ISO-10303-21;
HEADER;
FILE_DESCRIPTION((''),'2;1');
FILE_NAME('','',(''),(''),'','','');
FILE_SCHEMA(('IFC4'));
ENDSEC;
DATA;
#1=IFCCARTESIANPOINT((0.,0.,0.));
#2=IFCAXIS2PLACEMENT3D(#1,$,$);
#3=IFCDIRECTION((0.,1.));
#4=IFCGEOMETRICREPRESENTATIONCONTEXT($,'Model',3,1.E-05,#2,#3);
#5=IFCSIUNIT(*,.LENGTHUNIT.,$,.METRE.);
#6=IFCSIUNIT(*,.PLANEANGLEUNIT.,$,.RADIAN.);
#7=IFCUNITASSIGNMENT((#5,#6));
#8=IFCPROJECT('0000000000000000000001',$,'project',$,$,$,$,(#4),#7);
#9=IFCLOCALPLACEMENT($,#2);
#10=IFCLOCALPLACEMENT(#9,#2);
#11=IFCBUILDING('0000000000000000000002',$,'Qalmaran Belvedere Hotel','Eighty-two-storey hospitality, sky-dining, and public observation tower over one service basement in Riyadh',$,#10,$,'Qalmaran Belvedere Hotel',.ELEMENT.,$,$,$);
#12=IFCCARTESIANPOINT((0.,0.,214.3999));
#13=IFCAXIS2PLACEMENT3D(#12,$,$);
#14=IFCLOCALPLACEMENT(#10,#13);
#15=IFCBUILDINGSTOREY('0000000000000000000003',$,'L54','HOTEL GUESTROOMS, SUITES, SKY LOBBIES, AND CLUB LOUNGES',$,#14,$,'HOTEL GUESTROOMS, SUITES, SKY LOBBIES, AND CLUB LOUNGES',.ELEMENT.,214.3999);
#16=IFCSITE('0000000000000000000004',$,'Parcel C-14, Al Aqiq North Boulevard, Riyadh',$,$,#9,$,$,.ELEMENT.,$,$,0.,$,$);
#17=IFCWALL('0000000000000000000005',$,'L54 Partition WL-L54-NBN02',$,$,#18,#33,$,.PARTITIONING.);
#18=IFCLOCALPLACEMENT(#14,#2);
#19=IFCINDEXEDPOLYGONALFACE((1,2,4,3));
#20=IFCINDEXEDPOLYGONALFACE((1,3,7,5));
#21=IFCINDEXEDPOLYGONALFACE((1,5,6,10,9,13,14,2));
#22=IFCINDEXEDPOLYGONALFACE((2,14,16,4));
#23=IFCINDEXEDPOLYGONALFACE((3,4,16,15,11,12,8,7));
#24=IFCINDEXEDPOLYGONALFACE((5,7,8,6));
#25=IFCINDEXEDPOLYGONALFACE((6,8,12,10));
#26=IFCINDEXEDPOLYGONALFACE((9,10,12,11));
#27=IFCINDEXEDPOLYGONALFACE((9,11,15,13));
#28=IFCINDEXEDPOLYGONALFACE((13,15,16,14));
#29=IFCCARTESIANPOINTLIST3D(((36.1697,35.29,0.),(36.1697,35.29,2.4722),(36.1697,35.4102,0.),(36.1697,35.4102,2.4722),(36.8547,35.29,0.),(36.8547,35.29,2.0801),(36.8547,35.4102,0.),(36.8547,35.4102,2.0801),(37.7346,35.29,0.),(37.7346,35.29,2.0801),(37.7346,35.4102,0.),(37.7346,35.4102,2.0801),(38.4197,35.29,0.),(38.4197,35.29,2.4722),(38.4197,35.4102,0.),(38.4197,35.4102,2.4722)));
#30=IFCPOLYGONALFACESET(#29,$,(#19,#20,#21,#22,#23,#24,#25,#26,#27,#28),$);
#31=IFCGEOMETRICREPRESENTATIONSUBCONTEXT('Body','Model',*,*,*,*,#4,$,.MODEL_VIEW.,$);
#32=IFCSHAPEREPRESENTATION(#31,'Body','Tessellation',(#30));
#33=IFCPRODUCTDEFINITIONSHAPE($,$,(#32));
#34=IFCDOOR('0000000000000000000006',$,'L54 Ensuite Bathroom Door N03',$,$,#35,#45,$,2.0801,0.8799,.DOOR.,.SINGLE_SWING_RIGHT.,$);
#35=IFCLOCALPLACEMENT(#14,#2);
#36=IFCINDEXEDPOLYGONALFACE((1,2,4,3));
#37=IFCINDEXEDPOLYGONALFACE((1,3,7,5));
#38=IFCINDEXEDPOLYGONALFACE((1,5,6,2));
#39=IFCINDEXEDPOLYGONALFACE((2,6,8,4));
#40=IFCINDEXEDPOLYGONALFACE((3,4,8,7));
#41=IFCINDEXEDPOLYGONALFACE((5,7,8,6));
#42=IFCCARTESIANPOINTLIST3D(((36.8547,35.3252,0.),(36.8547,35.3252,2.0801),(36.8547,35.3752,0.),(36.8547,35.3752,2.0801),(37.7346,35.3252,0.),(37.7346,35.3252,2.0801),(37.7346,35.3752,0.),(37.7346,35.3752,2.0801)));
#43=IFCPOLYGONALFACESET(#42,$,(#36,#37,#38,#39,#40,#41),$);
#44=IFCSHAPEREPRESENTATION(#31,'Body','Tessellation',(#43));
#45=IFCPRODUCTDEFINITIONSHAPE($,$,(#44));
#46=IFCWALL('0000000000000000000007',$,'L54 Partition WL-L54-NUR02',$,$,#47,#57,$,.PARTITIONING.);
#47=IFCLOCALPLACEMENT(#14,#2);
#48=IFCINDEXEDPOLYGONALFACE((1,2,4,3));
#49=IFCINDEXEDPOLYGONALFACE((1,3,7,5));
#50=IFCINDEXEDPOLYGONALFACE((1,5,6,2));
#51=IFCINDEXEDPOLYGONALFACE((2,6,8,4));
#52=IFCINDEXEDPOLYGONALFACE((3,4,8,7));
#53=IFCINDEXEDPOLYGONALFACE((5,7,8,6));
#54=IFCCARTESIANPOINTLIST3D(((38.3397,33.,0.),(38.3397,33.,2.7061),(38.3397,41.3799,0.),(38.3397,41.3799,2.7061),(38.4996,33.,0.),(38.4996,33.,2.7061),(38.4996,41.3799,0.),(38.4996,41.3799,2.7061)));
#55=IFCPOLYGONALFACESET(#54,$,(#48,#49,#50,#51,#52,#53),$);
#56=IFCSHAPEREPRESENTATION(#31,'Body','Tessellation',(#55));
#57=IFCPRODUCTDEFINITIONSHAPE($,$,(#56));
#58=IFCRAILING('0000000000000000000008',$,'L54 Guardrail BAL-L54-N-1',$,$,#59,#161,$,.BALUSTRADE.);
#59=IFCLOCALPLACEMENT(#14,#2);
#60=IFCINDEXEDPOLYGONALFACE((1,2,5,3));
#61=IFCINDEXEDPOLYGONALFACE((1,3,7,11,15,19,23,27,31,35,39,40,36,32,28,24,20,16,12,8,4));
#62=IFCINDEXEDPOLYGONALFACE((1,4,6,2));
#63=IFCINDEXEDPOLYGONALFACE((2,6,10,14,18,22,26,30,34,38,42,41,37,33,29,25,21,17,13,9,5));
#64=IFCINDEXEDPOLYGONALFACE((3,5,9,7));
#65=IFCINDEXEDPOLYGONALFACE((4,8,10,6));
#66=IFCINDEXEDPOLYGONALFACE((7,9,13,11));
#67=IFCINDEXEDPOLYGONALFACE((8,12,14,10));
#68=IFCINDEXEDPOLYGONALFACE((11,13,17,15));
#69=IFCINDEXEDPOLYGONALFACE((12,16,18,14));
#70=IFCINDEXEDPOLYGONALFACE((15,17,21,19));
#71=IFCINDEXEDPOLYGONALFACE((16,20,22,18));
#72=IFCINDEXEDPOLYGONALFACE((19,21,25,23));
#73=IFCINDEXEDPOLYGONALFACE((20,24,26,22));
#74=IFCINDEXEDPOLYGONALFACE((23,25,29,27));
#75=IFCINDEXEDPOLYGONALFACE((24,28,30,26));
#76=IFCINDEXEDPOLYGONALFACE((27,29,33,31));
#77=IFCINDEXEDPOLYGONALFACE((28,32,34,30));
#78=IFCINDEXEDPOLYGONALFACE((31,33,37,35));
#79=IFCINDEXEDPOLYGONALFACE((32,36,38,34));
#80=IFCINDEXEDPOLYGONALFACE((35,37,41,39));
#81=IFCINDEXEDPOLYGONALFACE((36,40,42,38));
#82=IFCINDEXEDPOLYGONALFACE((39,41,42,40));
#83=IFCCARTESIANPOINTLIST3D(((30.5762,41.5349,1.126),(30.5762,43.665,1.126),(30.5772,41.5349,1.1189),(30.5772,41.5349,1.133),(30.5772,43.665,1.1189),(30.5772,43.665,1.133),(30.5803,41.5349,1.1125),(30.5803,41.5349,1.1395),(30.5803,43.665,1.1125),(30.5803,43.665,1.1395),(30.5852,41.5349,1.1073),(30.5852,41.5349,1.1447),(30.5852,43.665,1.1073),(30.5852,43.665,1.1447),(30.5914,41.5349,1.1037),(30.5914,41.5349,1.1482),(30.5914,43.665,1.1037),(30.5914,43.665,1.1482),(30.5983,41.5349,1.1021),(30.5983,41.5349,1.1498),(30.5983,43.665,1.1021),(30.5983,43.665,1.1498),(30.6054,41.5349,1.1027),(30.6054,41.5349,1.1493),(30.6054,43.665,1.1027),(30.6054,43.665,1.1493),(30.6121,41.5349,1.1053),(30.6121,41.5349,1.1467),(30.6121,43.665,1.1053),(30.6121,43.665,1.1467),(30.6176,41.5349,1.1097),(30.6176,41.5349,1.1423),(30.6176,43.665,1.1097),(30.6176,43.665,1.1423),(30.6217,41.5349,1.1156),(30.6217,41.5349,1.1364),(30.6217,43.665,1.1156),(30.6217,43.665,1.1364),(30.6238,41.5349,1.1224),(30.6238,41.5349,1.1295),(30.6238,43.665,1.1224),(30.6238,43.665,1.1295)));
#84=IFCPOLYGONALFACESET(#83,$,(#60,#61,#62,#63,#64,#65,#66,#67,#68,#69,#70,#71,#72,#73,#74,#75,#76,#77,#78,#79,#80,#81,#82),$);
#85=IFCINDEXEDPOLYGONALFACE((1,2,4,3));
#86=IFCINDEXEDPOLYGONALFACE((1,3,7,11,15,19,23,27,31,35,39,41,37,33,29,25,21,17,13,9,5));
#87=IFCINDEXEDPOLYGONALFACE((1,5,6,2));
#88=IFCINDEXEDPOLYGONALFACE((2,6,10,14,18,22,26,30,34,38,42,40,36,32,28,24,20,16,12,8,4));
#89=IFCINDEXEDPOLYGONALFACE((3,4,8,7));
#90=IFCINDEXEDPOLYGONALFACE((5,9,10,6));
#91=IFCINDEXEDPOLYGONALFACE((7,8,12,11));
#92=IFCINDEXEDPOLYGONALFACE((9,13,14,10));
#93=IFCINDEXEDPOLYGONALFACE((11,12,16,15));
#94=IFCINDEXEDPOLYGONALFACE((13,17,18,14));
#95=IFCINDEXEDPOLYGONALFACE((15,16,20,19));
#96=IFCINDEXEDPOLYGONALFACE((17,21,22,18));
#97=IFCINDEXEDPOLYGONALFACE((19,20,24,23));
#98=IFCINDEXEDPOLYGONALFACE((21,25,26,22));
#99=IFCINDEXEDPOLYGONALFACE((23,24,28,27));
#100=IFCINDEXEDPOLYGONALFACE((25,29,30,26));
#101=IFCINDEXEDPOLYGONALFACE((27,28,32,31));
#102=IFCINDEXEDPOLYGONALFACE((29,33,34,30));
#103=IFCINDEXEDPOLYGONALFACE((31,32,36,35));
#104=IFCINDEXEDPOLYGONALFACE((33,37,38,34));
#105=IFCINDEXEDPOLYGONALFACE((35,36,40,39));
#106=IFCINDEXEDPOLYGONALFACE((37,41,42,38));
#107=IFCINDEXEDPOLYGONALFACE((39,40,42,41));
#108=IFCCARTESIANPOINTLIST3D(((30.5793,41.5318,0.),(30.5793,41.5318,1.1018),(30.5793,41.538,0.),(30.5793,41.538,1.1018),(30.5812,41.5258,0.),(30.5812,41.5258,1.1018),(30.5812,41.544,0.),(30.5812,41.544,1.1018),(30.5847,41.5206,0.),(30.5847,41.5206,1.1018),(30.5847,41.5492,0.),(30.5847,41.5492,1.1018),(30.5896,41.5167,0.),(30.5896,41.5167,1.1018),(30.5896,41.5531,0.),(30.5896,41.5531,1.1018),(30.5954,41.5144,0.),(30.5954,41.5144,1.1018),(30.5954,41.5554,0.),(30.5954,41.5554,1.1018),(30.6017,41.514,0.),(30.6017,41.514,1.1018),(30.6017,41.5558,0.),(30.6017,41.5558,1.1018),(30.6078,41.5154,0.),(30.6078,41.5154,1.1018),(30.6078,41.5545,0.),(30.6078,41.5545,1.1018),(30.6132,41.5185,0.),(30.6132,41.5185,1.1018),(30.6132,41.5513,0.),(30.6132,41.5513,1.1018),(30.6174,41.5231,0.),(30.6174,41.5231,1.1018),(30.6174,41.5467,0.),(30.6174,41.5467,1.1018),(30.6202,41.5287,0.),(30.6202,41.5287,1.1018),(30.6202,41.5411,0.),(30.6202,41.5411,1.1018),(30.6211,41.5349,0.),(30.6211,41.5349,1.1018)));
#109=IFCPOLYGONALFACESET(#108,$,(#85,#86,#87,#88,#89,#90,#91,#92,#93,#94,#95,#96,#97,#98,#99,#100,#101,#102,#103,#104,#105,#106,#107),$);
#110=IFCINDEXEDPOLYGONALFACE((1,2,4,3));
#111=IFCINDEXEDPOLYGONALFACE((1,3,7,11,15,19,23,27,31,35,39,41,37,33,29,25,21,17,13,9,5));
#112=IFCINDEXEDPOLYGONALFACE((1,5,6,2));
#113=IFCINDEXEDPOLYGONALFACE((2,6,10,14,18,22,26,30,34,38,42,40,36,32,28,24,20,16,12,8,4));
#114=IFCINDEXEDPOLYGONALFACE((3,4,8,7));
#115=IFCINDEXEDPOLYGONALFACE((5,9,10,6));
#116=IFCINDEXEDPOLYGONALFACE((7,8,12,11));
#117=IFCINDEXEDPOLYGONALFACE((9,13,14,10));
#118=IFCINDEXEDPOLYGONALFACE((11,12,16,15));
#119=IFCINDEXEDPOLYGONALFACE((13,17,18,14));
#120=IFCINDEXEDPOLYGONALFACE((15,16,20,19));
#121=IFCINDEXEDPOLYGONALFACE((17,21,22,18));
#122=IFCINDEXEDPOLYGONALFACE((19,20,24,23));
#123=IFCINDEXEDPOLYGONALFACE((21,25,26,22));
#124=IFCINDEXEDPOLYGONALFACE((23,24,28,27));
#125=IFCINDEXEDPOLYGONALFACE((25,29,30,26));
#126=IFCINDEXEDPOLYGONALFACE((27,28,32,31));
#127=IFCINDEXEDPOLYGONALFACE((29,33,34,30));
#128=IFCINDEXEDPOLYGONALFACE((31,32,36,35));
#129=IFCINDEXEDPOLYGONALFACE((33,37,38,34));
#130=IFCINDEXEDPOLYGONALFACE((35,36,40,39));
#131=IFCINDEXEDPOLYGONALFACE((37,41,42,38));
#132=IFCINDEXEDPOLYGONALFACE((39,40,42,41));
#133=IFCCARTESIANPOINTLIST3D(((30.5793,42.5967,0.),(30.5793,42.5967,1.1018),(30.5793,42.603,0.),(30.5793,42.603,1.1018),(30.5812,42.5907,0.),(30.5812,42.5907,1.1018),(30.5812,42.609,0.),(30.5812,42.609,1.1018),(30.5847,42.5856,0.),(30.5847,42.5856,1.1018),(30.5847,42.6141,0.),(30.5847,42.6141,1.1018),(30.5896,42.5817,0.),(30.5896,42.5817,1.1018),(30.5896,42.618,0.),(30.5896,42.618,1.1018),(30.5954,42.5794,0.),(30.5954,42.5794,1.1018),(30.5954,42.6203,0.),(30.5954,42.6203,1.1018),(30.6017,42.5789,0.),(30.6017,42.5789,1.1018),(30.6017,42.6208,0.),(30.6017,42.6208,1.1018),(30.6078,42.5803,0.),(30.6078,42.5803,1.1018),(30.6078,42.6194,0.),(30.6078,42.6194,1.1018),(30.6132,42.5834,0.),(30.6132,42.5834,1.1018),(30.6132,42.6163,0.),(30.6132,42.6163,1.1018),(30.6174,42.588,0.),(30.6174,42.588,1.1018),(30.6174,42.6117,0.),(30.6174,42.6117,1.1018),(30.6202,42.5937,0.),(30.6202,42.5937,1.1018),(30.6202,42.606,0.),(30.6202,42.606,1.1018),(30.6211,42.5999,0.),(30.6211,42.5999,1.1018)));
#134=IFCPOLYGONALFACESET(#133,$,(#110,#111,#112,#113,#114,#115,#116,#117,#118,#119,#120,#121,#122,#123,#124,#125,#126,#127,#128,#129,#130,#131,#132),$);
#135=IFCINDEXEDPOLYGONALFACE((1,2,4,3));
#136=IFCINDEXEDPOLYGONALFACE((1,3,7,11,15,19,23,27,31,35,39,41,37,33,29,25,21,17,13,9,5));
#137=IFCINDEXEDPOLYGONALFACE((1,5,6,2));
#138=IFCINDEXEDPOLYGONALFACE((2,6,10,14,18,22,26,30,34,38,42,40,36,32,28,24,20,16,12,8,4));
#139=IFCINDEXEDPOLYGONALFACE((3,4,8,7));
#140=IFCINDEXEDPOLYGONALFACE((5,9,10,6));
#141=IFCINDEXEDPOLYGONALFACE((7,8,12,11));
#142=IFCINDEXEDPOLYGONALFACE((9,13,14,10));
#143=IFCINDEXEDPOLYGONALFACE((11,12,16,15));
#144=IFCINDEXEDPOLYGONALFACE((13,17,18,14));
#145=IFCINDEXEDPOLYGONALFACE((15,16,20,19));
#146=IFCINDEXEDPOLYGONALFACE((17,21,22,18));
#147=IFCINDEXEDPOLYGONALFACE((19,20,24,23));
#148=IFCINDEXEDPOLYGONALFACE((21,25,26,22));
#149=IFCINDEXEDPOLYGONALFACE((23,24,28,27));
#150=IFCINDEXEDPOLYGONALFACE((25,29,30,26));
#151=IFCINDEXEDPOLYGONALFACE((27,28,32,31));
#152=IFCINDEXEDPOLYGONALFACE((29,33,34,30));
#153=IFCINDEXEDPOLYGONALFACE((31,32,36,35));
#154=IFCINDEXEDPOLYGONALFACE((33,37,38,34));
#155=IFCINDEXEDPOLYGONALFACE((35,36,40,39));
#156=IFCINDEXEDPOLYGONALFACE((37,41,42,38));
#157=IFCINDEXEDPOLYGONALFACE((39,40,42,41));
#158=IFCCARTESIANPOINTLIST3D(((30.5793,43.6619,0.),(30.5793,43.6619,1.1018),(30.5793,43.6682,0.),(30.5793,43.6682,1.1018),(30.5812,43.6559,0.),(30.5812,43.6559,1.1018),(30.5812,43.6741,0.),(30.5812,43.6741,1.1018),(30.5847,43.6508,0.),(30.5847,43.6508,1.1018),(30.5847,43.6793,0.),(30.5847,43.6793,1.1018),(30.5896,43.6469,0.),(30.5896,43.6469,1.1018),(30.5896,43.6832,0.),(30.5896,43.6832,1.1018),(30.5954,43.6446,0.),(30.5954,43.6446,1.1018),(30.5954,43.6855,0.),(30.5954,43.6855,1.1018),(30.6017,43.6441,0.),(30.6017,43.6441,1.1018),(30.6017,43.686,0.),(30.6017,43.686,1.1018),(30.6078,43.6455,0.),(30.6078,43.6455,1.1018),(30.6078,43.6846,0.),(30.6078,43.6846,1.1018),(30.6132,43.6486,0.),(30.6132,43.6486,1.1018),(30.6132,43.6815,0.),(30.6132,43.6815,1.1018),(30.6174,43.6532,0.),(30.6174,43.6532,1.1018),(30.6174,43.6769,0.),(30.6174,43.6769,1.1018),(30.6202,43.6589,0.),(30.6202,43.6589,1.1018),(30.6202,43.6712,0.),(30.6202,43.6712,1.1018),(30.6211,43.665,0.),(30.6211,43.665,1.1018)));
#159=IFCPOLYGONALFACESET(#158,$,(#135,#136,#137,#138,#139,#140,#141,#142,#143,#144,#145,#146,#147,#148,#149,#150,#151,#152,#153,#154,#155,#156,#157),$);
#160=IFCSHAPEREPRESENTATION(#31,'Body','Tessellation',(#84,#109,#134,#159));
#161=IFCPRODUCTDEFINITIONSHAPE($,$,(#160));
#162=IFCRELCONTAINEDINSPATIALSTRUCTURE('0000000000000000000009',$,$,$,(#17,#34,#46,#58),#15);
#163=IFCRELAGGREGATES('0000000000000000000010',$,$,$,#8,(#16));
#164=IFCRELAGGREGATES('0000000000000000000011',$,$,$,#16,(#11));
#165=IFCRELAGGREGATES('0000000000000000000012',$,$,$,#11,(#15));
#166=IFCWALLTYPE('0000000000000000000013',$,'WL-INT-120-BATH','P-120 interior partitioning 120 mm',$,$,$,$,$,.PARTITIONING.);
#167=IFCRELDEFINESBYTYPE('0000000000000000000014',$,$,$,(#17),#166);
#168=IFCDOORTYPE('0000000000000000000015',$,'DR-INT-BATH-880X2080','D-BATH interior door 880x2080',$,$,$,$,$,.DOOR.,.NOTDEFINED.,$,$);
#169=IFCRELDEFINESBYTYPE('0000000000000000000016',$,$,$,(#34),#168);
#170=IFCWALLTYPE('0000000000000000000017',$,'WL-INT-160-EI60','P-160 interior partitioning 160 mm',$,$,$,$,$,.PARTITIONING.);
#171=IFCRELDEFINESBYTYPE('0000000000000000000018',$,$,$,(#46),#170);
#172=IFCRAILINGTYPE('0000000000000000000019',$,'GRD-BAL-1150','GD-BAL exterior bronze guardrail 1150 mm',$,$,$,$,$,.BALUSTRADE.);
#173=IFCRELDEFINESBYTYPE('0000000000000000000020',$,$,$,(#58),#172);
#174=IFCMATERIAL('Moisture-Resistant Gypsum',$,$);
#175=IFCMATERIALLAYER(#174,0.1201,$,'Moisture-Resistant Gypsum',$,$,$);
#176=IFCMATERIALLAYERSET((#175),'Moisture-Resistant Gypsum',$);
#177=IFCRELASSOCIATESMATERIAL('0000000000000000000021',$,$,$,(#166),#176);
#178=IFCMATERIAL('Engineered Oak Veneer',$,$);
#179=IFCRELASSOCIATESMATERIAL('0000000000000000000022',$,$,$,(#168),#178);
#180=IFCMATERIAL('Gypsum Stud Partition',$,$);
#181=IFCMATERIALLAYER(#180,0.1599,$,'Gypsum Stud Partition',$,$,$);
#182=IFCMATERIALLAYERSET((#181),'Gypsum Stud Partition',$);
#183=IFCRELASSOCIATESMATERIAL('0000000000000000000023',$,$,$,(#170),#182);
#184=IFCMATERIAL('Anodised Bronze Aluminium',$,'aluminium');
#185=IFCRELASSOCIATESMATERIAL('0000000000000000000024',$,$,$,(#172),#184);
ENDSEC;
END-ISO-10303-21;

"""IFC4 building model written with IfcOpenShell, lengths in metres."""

from ifc_helpers import new_model, si_unit, direction, frame, frame_2d, origin, origin_2d, place, context, subcontext, project, spatial, rectangle, circle, extrude, material, layer, layer_set, type_object, element, fill, save


model = new_model("IFC4")

# Units and contexts
model_context = context("Model", 3, precision=1e-05, world=origin(), true_north=direction((0.0, 1.0)))
body_context = subcontext(model_context, "Body", "Model", "MODEL_VIEW")
ifc_project = project(units=[si_unit("LENGTHUNIT", "METRE"), si_unit("PLANEANGLEUNIT", "RADIAN")], contexts=[model_context])

# Site, building, storey
site_placement = place(None, origin())
site = spatial("IfcSite", under=ifc_project, at=site_placement, Name="Parcel C-14, Al Aqiq North Boulevard, Riyadh", CompositionType="ELEMENT", RefElevation=0.0)
building_placement = place(site_placement, origin())
building = spatial("IfcBuilding", under=site, at=building_placement, Name="Qalmaran Belvedere Hotel", Description="Eighty-two-storey hospitality, sky-dining, and public observation tower over one service basement in Riyadh", LongName="Qalmaran Belvedere Hotel", CompositionType="ELEMENT")
storey_placement = place(building_placement, frame((0.0, 0.0, 214.3999)))
storey = spatial("IfcBuildingStorey", under=building, at=storey_placement, Name="L54", Description="HOTEL GUESTROOMS, SUITES, SKY LOBBIES, AND CLUB LOUNGES", LongName="HOTEL GUESTROOMS, SUITES, SKY LOBBIES, AND CLUB LOUNGES", CompositionType="ELEMENT", Elevation=214.3999)

# Shared definitions
ifc_material_1 = material(Name="Anodised Bronze Aluminium", Category="aluminium")

# Wall, opening, door
ifc_material_2 = material(Name="Moisture-Resistant Gypsum")
ifc_layer_1 = layer(ifc_material_2, 0.1201, Name="Moisture-Resistant Gypsum")
ifc_layer_set_1 = layer_set([ifc_layer_1], Name="Moisture-Resistant Gypsum")
wall_type_1 = type_object("IfcWallType", Name="WL-INT-120-BATH", Description="P-120 interior partitioning 120 mm", PredefinedType="PARTITIONING", material=ifc_layer_set_1)
wall_1_placement = place(storey_placement, frame((36.1697, 35.3501, 0.0), z_axis=(0.0, 0.0, 1.0), x_axis=(1.0, 0.0, 0.0)))
wall_1 = element("IfcWall", 1, at=wall_1_placement, inside=storey, type_object=wall_type_1, Name="L54 Partition WL-L54-NBN02", PredefinedType="PARTITIONING", context=body_context, shape_type="SweptSolid", body=[
    extrude(rectangle(XDim=2.25, YDim=0.1201, at=frame_2d((1.125, 0.0))), origin(), (0.0, 0.0, 1.0), 2.4722),
])
opening_1_placement = place(wall_1_placement, frame((1.5649, 0.0, 0.0), z_axis=(0.0, 0.0, 1.0), x_axis=(-1.0, 0.0, 0.0)))
opening_1 = element("IfcOpeningElement", 2, at=opening_1_placement, cuts=wall_1, PredefinedType="OPENING", context=body_context, shape_type="SweptSolid", body=[
    extrude(rectangle(XDim=0.8799, YDim=2.0801, at=frame_2d((0.4399, 1.04))), frame((0.0, 0.0701, 0.0), z_axis=(0.0, -1.0, 0.0), x_axis=(1.0, 0.0, 0.0)), (0.0, 0.0, 1.0), 0.1401),
])
ifc_material_3 = material(Name="Engineered Oak Veneer")
door_type_1 = type_object("IfcDoorType", Name="DR-INT-BATH-880X2080", Description="D-BATH interior door 880x2080", OperationType="NOTDEFINED", PredefinedType="DOOR", material=ifc_material_3)
door_1_placement = place(opening_1_placement, origin())
door_1 = element("IfcDoor", 3, at=door_1_placement, inside=storey, type_object=door_type_1, Name="L54 Ensuite Bathroom Door N03", OperationType="SINGLE_SWING_RIGHT", OverallHeight=2.0801, OverallWidth=0.8799, PredefinedType="DOOR", context=body_context, shape_type="SweptSolid", body=[
    extrude(rectangle(XDim=0.8799, YDim=2.0801, at=frame_2d((0.4399, 1.04))), frame((0.0, 0.0249, 0.0), z_axis=(0.0, -1.0, 0.0), x_axis=(1.0, 0.0, 0.0)), (0.0, 0.0, 1.0), 0.05),
])
fill(opening_1, door_1)

# Wall
ifc_material_4 = material(Name="Gypsum Stud Partition")
ifc_layer_2 = layer(ifc_material_4, 0.1599, Name="Gypsum Stud Partition")
ifc_layer_set_2 = layer_set([ifc_layer_2], Name="Gypsum Stud Partition")
wall_type_2 = type_object("IfcWallType", Name="WL-INT-160-EI60", Description="P-160 interior partitioning 160 mm", PredefinedType="PARTITIONING", material=ifc_layer_set_2)
wall_2_placement = place(storey_placement, frame((38.4197, 33.0, 0.0), z_axis=(0.0, 0.0, 1.0), x_axis=(0.0, 1.0, 0.0)))
element("IfcWall", 4, at=wall_2_placement, inside=storey, type_object=wall_type_2, Name="L54 Partition WL-L54-NUR02", PredefinedType="PARTITIONING", context=body_context, shape_type="SweptSolid", body=[
    extrude(rectangle(XDim=8.3799, YDim=0.1599, at=frame_2d((4.1899, 0.0))), origin(), (0.0, 0.0, 1.0), 2.7061),
])

# Railing
railing_type = type_object("IfcRailingType", Name="GRD-BAL-1150", Description="GD-BAL exterior bronze guardrail 1150 mm", PredefinedType="BALUSTRADE", material=ifc_material_1)
railing_1_placement = place(storey_placement, frame((30.6001, 41.5349, 0.0)))
element("IfcRailing", 5, at=railing_1_placement, inside=storey, type_object=railing_type, Name="L54 Guardrail BAL-L54-N-1", PredefinedType="BALUSTRADE", context=body_context, shape_type="SweptSolid", body=[
    extrude(circle(Radius=0.0239, at=origin_2d()), frame((0.0, 0.0, 1.126), z_axis=(0.0, 1.0, 0.0), x_axis=(-1.0, 0.0, 0.0)), (0.0, 0.0, 1.0), 2.1301),
    extrude(circle(Radius=0.021, at=origin_2d()), origin(), (0.0, 0.0, 1.0), 1.1018),
    extrude(circle(Radius=0.021, at=origin_2d()), frame((0.0, 1.0649, 0.0)), (0.0, 0.0, 1.0), 1.1018),
    extrude(circle(Radius=0.021, at=origin_2d()), frame((0.0, 2.1301, 0.0)), (0.0, 0.0, 1.0), 1.1018),
])

save(model, "model.ifc")
